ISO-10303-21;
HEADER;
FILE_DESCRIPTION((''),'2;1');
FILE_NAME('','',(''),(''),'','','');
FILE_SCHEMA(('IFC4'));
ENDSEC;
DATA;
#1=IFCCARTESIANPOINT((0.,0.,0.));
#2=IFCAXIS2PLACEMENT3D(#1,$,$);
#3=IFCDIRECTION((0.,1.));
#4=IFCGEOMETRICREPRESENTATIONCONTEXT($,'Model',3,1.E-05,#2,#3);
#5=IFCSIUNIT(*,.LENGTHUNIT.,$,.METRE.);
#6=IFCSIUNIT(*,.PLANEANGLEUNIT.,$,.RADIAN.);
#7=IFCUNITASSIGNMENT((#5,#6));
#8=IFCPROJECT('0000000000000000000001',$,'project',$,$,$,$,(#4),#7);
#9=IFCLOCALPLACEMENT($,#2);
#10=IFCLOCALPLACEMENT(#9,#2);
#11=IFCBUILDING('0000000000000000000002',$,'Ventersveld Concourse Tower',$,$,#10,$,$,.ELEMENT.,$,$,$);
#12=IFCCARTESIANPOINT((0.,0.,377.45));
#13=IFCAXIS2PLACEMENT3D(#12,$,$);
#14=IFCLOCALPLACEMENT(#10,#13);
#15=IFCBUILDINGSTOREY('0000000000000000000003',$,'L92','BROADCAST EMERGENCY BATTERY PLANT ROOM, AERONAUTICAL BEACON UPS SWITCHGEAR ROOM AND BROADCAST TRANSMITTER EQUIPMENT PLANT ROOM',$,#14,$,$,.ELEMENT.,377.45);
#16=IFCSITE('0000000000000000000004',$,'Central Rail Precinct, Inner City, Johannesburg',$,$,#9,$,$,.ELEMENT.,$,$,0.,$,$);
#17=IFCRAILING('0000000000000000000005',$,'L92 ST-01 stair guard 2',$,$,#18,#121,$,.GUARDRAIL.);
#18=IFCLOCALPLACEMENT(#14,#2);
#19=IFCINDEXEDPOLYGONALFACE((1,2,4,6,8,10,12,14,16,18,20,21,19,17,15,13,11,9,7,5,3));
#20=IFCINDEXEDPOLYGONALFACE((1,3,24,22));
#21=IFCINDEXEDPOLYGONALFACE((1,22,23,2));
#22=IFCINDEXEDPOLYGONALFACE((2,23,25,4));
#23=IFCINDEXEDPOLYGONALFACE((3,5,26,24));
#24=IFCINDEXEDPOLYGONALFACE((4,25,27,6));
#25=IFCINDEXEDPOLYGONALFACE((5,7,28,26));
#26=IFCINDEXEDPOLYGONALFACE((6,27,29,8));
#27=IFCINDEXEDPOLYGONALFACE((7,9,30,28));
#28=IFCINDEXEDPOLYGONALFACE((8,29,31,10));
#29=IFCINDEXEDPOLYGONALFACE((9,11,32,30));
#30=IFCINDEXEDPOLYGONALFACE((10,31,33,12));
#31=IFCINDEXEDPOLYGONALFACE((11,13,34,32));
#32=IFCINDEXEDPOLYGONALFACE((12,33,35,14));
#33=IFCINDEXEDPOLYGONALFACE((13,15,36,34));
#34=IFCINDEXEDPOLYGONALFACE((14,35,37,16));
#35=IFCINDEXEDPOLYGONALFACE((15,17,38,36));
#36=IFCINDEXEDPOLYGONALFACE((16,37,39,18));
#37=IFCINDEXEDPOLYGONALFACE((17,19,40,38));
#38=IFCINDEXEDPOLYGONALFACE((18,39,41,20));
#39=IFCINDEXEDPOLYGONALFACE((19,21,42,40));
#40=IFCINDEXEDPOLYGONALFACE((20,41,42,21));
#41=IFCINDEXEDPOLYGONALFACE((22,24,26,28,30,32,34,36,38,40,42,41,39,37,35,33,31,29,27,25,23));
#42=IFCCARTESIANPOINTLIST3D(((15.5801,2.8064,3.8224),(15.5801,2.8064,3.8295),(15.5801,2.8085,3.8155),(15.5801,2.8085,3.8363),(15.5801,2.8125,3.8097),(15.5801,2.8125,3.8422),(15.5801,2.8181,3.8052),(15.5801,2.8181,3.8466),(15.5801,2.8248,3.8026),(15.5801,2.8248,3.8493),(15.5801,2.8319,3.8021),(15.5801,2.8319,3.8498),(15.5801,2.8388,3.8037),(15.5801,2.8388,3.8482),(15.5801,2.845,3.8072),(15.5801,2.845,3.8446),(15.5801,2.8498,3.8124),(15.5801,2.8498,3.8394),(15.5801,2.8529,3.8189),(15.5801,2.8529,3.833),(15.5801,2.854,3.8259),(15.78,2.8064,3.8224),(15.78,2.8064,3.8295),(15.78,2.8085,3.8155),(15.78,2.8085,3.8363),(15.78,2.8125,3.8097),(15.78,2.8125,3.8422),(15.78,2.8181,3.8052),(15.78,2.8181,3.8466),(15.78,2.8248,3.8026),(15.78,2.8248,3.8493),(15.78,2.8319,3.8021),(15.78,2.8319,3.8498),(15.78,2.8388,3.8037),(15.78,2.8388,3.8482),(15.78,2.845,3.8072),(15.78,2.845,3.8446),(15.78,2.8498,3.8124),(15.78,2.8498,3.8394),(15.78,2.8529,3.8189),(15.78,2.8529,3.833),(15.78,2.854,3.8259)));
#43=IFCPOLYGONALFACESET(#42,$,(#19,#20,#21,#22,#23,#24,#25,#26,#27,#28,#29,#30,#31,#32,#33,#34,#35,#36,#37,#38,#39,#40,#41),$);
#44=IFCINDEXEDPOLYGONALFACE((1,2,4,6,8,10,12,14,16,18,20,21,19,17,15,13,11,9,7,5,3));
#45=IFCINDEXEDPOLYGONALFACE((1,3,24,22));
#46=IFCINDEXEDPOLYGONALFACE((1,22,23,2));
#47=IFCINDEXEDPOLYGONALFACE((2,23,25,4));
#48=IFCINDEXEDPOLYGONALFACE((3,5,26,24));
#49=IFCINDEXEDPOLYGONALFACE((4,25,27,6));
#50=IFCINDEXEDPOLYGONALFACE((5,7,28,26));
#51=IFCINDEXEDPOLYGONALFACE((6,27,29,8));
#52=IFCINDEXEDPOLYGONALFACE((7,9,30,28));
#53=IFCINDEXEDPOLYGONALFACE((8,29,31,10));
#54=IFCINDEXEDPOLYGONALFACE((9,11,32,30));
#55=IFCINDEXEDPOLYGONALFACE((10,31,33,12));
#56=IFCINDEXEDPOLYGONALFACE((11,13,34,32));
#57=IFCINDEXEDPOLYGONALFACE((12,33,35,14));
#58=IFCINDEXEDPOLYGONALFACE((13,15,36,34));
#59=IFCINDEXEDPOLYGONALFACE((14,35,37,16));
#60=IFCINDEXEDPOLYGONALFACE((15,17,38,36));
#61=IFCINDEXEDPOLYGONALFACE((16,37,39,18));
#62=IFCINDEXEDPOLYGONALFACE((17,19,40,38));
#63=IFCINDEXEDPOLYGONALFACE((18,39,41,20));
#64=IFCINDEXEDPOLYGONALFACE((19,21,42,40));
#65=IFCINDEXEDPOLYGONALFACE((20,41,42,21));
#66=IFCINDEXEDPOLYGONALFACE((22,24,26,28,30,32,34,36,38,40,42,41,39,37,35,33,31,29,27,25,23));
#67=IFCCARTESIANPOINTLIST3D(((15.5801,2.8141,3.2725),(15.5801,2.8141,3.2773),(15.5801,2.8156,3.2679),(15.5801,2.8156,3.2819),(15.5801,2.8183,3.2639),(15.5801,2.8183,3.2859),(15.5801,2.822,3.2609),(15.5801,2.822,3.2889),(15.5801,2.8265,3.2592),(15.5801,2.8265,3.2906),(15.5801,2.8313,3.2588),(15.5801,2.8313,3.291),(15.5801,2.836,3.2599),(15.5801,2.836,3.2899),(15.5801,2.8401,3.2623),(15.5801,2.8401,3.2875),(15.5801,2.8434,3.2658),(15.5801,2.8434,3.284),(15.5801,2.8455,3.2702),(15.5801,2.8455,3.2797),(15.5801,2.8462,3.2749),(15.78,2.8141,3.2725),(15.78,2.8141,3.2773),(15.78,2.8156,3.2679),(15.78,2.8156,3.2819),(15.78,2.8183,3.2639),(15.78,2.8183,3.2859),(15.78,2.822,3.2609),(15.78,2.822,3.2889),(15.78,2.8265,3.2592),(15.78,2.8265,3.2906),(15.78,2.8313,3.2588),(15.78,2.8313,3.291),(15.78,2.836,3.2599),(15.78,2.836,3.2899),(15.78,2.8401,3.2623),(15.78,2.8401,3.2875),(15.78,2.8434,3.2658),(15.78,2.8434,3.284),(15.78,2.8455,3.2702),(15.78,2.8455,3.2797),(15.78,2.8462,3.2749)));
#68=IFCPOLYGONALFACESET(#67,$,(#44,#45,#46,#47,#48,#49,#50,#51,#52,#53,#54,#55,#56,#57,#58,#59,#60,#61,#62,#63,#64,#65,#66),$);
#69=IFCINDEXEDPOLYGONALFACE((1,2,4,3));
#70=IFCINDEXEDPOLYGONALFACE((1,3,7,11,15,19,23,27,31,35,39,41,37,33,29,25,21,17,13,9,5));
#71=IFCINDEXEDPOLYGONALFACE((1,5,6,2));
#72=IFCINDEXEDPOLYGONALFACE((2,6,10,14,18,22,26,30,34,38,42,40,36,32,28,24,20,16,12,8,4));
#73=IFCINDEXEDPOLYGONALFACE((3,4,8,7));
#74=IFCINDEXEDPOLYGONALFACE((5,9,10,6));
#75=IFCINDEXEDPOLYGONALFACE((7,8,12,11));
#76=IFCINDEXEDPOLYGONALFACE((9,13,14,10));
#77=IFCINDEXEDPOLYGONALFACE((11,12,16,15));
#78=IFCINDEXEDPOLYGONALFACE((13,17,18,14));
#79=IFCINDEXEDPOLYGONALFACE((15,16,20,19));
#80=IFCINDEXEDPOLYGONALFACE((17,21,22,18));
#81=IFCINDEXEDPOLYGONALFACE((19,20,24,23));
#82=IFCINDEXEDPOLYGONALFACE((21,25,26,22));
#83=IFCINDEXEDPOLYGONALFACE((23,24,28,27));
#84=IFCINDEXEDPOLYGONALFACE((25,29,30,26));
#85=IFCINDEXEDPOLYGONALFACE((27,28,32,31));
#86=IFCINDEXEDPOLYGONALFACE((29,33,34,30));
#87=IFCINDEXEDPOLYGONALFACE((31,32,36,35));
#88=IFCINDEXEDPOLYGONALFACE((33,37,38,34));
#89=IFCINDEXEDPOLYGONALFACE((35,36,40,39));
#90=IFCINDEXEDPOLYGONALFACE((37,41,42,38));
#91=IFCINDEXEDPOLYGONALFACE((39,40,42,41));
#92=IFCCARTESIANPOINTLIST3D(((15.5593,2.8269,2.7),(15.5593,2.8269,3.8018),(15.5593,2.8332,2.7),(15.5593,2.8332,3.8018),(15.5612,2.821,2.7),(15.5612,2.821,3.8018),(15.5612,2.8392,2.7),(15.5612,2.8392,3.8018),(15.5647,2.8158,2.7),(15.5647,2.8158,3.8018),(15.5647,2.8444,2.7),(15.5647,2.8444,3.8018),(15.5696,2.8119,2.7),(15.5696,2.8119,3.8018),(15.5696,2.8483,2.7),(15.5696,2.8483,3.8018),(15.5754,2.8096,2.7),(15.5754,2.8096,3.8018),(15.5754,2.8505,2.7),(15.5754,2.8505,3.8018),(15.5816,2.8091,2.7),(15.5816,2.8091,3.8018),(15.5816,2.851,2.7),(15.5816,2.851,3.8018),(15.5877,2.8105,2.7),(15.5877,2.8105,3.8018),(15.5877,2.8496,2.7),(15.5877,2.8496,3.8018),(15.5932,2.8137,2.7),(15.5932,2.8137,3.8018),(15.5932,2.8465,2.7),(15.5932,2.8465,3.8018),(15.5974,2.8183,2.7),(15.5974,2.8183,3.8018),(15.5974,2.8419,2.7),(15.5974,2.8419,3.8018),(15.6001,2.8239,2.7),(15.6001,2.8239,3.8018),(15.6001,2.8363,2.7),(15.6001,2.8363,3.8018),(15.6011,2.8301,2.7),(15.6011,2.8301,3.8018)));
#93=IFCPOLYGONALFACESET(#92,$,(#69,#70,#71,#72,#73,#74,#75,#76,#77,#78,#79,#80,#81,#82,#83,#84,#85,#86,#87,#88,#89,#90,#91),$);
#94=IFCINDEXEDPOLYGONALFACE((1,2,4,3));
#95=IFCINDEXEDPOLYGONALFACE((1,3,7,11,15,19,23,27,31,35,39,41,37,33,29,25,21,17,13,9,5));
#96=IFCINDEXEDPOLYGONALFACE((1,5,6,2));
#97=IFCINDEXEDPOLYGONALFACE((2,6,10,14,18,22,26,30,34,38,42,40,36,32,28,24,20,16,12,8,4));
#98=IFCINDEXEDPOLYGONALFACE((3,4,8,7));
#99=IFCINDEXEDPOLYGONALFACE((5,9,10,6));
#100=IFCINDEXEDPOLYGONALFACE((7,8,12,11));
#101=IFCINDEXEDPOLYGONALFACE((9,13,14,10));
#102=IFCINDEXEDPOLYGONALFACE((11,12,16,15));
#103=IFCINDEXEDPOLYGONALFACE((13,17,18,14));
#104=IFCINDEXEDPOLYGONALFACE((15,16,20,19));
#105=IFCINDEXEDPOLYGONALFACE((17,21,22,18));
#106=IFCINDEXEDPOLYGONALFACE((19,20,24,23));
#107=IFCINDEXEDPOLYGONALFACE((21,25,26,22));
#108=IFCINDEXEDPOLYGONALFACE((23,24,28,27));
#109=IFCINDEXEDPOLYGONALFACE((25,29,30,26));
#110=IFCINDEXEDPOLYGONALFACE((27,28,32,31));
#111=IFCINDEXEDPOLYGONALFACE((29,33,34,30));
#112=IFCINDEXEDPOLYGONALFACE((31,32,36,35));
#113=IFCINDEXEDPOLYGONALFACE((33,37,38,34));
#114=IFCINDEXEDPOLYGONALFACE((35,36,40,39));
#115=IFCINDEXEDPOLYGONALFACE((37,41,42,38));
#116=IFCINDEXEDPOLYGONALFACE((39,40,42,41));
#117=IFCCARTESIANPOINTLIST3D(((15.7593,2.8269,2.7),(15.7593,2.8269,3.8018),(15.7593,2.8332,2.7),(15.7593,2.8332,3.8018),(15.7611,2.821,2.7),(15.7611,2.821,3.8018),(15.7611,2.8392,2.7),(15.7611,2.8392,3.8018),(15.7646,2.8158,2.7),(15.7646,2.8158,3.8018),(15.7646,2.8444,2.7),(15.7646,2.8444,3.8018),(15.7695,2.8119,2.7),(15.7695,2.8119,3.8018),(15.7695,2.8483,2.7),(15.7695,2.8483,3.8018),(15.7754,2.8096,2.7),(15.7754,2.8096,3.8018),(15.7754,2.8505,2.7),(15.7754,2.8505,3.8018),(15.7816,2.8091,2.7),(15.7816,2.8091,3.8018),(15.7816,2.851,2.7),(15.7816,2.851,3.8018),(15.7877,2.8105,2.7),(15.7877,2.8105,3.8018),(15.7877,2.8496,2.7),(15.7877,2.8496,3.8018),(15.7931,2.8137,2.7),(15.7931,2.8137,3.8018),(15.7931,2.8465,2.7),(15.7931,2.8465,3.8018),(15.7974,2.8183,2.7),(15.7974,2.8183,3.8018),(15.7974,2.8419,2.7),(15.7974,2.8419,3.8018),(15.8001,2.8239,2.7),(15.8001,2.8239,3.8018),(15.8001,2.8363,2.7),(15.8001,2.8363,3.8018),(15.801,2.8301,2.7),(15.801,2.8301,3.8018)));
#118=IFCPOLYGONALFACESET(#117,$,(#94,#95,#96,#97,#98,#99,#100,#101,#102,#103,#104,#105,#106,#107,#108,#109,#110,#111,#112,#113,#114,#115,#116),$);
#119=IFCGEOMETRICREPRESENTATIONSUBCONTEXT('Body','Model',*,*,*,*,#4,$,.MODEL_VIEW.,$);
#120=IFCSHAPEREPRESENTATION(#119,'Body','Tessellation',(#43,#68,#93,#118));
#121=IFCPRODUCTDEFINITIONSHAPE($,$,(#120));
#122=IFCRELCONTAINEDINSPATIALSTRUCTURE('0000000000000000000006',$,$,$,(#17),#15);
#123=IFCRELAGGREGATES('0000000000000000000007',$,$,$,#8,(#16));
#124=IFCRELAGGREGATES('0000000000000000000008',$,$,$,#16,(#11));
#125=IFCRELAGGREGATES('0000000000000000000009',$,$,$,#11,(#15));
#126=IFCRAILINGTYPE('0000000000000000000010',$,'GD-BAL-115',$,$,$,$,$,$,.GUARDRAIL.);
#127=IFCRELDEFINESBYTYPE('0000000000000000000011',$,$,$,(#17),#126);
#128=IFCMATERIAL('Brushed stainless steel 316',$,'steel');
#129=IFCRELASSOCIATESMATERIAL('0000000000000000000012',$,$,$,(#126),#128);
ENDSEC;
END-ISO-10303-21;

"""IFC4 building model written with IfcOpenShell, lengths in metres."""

from ifc_helpers import new_model, si_unit, direction, frame, origin, origin_2d, place, context, subcontext, project, spatial, circle, extrude, material, type_object, element, save


model = new_model("IFC4")

# Units and contexts
model_context = context("Model", 3, precision=1e-05, world=origin(), true_north=direction((0.0, 1.0)))
body_context = subcontext(model_context, "Body", "Model", "MODEL_VIEW")
ifc_project = project(units=[si_unit("LENGTHUNIT", "METRE"), si_unit("PLANEANGLEUNIT", "RADIAN")], contexts=[model_context])

# Site, building, storey
site_placement = place(None, origin())
site = spatial("IfcSite", under=ifc_project, at=site_placement, Name="Central Rail Precinct, Inner City, Johannesburg", CompositionType="ELEMENT", RefElevation=0.0)
building_placement = place(site_placement, origin())
building = spatial("IfcBuilding", under=site, at=building_placement, Name="Ventersveld Concourse Tower", CompositionType="ELEMENT")
storey_placement = place(building_placement, frame((0.0, 0.0, 377.45)))
storey = spatial("IfcBuildingStorey", under=building, at=storey_placement, Name="L92", Description="BROADCAST EMERGENCY BATTERY PLANT ROOM, AERONAUTICAL BEACON UPS SWITCHGEAR ROOM AND BROADCAST TRANSMITTER EQUIPMENT PLANT ROOM", CompositionType="ELEMENT", Elevation=377.45)

# Railing
ifc_material_1 = material(Name="Brushed stainless steel 316", Category="steel")
railing_type_1 = type_object("IfcRailingType", Name="GD-BAL-115", PredefinedType="GUARDRAIL", material=ifc_material_1)
railing_1_placement = place(storey_placement, frame((15.5801, 2.8301, 2.7)))
element("IfcRailing", 1, at=railing_1_placement, inside=storey, type_object=railing_type_1, Name="L92 ST-01 stair guard 2", PredefinedType="GUARDRAIL", context=body_context, shape_type="SweptSolid", body=[
    extrude(circle(Radius=0.0239, at=origin_2d()), frame((0.0, 0.0, 1.126), z_axis=(1.0, 0.0, 0.0), x_axis=(0.0, 1.0, 0.0)), (0.0, 0.0, 1.0), 0.2),
    extrude(circle(Radius=0.0161, at=origin_2d()), frame((0.0, 0.0, 0.575), z_axis=(1.0, 0.0, 0.0), x_axis=(0.0, 1.0, 0.0)), (0.0, 0.0, 1.0), 0.2),
    extrude(circle(Radius=0.021, at=origin_2d()), origin(), (0.0, 0.0, 1.0), 1.1018),
    extrude(circle(Radius=0.021, at=origin_2d()), frame((0.2, 0.0, 0.0)), (0.0, 0.0, 1.0), 1.1018),
])

save(model, "model.ifc")
